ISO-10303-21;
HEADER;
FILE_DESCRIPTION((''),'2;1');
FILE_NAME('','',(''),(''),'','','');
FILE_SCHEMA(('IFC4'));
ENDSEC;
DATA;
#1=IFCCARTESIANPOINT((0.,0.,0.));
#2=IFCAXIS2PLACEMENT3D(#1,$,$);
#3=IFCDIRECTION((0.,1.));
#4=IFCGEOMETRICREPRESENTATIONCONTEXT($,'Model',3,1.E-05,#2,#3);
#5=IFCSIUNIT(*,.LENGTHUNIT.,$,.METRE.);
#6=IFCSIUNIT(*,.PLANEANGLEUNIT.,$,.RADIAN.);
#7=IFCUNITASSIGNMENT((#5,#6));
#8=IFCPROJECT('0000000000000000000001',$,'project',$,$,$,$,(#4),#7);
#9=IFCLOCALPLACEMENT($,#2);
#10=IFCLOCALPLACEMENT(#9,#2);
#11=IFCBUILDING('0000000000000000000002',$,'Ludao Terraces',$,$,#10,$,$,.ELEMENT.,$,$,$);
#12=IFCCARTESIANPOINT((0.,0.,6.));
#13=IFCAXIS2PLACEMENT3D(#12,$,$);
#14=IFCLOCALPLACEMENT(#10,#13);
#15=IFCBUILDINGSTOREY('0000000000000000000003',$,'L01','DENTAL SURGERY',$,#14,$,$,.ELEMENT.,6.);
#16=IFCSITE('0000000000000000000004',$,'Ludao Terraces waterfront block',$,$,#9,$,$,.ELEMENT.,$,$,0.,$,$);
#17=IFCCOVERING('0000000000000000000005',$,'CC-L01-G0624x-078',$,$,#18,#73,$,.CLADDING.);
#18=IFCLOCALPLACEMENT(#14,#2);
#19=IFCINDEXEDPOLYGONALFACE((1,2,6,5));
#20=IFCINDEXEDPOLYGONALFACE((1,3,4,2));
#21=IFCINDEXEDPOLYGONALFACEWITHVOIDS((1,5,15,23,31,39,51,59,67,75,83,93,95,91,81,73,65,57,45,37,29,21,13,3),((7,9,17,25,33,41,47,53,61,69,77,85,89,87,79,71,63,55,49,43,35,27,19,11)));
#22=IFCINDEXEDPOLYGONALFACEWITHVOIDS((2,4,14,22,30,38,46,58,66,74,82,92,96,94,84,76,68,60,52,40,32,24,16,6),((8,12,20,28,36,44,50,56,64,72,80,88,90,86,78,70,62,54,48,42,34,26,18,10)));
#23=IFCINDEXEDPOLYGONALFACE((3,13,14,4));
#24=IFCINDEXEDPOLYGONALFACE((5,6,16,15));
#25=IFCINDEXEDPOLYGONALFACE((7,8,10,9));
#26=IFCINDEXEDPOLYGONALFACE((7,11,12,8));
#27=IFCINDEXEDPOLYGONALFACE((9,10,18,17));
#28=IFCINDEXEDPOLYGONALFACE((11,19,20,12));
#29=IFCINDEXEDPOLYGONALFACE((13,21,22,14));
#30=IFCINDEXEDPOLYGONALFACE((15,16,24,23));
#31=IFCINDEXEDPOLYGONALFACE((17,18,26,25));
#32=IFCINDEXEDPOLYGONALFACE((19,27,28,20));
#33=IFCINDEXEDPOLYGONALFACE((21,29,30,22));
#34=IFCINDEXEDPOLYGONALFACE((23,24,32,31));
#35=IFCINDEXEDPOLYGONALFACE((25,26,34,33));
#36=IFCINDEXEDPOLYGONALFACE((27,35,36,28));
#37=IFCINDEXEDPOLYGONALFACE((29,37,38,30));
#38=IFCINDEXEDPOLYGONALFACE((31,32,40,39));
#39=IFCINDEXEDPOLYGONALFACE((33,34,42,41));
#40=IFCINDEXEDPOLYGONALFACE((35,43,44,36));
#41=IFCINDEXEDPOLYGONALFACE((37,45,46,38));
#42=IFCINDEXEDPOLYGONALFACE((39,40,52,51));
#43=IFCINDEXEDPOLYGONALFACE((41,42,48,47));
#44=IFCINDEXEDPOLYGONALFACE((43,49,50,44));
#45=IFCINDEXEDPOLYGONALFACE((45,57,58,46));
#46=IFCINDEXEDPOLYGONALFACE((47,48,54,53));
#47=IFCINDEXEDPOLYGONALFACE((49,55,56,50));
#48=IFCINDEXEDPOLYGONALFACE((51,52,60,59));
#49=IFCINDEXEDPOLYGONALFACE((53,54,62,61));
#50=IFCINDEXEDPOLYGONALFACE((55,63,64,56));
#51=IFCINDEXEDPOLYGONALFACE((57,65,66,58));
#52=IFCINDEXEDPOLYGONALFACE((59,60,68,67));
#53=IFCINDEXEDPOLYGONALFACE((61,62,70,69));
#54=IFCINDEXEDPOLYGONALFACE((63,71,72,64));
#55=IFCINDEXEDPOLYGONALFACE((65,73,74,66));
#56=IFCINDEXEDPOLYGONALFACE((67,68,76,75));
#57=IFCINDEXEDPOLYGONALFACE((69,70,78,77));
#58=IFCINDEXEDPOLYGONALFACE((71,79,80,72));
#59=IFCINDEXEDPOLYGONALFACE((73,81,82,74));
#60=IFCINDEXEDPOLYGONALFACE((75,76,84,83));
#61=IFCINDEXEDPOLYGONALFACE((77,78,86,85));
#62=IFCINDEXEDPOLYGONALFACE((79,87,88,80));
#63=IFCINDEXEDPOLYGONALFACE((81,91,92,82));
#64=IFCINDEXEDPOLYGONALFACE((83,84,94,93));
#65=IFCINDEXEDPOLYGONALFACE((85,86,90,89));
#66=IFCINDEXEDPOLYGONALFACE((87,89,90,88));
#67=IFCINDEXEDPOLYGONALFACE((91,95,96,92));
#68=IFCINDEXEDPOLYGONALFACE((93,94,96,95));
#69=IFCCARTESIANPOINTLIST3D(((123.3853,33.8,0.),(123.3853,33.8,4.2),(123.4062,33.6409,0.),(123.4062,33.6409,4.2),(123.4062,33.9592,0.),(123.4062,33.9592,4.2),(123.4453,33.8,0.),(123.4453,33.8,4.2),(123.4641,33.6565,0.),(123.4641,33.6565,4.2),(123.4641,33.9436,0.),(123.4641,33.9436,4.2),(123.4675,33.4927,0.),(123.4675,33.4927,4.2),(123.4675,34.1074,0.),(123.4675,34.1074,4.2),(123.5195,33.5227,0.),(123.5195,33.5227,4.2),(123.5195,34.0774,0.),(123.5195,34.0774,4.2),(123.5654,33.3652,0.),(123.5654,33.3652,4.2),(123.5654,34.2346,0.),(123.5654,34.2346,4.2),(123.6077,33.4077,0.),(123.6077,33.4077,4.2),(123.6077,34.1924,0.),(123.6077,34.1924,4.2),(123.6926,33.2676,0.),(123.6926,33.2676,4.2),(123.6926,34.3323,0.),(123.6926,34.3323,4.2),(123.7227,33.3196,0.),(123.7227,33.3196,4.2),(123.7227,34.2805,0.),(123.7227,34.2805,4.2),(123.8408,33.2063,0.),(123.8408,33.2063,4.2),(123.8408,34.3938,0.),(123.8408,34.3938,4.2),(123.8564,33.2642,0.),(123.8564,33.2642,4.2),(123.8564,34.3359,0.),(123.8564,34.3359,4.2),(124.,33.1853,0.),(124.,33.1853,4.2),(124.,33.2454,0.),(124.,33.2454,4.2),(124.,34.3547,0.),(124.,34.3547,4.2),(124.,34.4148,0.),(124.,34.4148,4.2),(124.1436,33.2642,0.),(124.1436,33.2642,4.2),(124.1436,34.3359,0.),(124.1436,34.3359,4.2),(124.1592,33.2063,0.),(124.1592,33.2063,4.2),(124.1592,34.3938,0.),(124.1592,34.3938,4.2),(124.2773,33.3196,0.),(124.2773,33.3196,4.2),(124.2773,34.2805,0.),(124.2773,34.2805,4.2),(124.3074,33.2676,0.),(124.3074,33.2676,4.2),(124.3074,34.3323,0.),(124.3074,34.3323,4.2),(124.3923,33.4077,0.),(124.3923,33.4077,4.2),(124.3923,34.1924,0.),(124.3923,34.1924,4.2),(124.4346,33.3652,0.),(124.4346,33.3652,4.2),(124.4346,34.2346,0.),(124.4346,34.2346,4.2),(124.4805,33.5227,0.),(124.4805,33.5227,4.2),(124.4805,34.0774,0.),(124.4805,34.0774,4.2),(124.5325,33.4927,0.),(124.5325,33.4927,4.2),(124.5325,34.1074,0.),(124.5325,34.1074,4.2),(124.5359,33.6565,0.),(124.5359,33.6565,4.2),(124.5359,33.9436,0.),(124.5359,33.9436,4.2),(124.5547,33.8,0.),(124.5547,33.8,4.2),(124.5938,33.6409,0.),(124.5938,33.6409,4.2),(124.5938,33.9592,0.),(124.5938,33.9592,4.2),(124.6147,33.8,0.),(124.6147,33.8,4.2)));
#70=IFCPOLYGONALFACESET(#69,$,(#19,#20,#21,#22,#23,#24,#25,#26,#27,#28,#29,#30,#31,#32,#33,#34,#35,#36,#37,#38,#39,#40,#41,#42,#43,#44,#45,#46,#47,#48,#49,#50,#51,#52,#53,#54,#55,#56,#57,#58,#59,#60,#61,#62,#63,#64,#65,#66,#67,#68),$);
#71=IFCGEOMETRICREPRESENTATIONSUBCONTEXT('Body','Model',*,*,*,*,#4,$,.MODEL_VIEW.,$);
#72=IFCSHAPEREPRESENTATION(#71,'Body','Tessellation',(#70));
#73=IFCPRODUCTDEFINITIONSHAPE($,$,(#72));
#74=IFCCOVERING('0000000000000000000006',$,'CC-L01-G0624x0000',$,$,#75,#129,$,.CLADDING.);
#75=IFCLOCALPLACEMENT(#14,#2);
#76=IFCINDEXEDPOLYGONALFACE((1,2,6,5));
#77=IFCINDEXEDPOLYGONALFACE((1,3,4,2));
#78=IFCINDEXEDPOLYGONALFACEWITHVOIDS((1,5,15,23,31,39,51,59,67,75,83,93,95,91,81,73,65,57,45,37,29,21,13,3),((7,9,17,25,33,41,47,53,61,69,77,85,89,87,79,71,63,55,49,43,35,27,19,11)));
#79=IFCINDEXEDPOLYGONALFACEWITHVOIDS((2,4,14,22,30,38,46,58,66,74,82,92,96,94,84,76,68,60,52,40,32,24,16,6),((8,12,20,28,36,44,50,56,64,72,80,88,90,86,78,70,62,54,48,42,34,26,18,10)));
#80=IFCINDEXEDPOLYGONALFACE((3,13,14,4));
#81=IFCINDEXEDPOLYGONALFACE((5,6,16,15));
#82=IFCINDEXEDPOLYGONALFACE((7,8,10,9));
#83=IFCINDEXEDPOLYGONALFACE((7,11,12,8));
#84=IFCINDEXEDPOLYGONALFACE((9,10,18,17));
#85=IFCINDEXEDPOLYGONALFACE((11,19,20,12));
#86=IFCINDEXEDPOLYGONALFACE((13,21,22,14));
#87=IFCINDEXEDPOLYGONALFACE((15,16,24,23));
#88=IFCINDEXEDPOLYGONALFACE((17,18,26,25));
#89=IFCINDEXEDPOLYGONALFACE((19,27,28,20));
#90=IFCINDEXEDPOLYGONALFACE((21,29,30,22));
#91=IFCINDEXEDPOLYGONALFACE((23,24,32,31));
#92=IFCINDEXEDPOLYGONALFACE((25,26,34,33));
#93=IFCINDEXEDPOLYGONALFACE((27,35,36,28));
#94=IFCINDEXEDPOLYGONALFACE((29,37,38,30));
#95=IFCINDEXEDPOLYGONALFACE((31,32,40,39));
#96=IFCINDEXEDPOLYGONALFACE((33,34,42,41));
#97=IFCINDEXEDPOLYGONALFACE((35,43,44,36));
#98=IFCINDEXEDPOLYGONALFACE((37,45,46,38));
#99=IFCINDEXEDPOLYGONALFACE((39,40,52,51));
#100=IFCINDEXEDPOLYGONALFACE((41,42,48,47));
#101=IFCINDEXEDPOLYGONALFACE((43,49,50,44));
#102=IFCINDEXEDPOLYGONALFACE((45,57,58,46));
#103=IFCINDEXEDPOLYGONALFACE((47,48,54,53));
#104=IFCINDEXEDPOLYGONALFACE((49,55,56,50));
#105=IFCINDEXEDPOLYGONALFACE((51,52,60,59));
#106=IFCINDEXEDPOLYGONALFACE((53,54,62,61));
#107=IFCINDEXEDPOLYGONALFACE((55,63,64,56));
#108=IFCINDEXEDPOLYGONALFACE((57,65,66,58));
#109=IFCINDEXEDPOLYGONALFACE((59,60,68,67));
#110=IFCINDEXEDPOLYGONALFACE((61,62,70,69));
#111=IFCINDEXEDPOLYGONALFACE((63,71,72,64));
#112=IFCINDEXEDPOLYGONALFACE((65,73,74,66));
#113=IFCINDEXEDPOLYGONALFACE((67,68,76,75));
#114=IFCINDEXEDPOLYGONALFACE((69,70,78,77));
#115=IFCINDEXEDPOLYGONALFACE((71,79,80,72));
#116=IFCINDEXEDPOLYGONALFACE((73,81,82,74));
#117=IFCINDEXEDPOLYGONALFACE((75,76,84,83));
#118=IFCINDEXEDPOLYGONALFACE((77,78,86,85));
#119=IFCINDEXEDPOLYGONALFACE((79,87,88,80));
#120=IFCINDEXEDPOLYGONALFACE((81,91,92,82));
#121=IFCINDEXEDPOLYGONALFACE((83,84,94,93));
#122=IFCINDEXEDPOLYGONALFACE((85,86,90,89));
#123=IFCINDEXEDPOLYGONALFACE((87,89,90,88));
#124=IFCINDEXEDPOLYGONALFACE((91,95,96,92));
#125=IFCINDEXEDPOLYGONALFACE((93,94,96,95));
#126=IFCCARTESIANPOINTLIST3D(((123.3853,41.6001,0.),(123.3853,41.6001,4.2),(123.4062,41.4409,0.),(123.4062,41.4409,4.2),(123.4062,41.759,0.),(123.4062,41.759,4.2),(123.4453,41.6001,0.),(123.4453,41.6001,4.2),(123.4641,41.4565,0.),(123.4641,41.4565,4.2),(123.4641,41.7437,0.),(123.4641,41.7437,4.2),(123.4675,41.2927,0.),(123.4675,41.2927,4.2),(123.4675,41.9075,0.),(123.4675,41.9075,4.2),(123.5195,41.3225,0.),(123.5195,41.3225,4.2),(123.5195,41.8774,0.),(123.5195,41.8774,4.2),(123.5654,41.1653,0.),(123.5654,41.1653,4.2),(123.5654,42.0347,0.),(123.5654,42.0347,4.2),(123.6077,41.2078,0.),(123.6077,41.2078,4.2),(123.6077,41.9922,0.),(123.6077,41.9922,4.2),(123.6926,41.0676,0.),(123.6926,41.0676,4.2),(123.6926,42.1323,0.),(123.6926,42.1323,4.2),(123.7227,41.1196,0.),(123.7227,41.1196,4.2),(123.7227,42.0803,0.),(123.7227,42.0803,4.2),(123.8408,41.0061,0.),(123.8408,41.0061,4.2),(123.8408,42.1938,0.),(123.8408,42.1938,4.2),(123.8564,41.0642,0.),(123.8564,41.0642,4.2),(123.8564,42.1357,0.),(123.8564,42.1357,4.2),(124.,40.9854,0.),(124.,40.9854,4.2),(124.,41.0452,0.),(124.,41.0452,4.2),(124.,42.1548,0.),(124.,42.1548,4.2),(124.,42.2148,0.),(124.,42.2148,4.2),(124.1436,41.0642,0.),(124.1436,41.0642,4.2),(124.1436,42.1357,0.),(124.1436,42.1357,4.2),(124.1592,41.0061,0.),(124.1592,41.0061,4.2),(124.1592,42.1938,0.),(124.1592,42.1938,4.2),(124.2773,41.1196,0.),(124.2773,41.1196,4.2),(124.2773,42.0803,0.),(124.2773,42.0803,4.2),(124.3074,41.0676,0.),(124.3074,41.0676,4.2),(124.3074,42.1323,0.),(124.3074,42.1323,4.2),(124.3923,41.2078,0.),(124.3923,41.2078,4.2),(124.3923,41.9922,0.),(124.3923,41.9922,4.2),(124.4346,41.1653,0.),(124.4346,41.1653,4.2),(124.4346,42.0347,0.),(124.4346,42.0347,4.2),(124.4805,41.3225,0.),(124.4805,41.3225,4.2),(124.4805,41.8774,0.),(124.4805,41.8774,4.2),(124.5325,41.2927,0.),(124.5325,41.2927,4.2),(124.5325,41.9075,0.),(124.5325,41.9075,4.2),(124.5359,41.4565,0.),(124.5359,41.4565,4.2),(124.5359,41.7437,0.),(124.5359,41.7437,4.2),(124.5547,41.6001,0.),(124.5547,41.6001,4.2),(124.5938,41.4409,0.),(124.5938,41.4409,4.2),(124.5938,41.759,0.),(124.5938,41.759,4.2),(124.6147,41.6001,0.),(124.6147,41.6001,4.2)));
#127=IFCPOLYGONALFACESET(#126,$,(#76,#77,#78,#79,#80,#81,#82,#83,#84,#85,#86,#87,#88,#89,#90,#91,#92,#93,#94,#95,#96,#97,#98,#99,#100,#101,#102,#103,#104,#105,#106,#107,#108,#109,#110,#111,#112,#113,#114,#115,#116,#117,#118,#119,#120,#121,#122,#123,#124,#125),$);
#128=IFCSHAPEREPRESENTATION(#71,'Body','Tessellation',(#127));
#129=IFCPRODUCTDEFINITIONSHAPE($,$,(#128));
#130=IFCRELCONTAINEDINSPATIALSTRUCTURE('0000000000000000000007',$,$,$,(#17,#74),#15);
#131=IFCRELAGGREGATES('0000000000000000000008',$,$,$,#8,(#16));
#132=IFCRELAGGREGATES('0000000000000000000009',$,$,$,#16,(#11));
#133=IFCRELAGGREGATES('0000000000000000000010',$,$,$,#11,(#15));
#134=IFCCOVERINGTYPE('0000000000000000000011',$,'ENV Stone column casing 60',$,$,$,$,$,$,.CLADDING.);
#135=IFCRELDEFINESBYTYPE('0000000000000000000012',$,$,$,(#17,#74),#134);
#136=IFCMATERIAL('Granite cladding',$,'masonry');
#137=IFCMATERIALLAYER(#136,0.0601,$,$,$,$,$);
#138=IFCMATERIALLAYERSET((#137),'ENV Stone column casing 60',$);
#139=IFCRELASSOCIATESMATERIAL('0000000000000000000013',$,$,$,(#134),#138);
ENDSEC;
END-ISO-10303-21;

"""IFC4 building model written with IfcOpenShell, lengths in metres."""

from ifc_helpers import new_model, si_unit, direction, frame, origin, place, context, subcontext, project, spatial, polyline, outline, extrude, material, layer, layer_set, type_object, element, save


model = new_model("IFC4")

# Units and contexts
model_context = context("Model", 3, precision=1e-05, world=origin(), true_north=direction((0.0, 1.0)))
body_context = subcontext(model_context, "Body", "Model", "MODEL_VIEW")
ifc_project = project(units=[si_unit("LENGTHUNIT", "METRE"), si_unit("PLANEANGLEUNIT", "RADIAN")], contexts=[model_context])

# Site, building, storey
site_placement = place(None, origin())
site = spatial("IfcSite", under=ifc_project, at=site_placement, Name="Ludao Terraces waterfront block", CompositionType="ELEMENT", RefElevation=0.0)
building_placement = place(site_placement, origin())
building = spatial("IfcBuilding", under=site, at=building_placement, Name="Ludao Terraces", CompositionType="ELEMENT")
storey_placement = place(building_placement, frame((0.0, 0.0, 6.0)))
storey = spatial("IfcBuildingStorey", under=building, at=storey_placement, Name="L01", Description="DENTAL SURGERY", CompositionType="ELEMENT", Elevation=6.0)

# Coverings
ifc_material_1 = material(Name="Granite cladding", Category="masonry")
ifc_layer_1 = layer(ifc_material_1, 0.0601)
ifc_layer_set_1 = layer_set([ifc_layer_1], Name="ENV Stone column casing 60")
covering_type = type_object("IfcCoveringType", Name="ENV Stone column casing 60", PredefinedType="CLADDING", material=ifc_layer_set_1)
covering_1_placement = place(storey_placement, origin())
element("IfcCovering", 1, at=covering_1_placement, inside=storey, type_object=covering_type, Name="CC-L01-G0624x-078", PredefinedType="CLADDING", context=body_context, shape_type="SweptSolid", body=[
    extrude(outline(polyline([(124.6147, 33.8), (124.5938, 33.9592), (124.5325, 34.1074), (124.4346, 34.2346), (124.3074, 34.3323), (124.1592, 34.3938), (124.0, 34.4148), (123.8408, 34.3938), (123.6926, 34.3323), (123.5654, 34.2346), (123.4675, 34.1074), (123.4062, 33.9592), (123.3853, 33.8), (123.4062, 33.6409), (123.4675, 33.4927), (123.5654, 33.3652), (123.6926, 33.2676), (123.8408, 33.2063), (124.0, 33.1853), (124.1592, 33.2063), (124.3074, 33.2676), (124.4346, 33.3652), (124.5325, 33.4927), (124.5938, 33.6409), (124.6147, 33.8)]), holes=[polyline([(124.5359, 33.6565), (124.4805, 33.5227), (124.3923, 33.4077), (124.2773, 33.3196), (124.1436, 33.2642), (124.0, 33.2454), (123.8564, 33.2642), (123.7227, 33.3196), (123.6077, 33.4077), (123.5195, 33.5227), (123.4641, 33.6565), (123.4453, 33.8), (123.4641, 33.9436), (123.5195, 34.0774), (123.6077, 34.1924), (123.7227, 34.2805), (123.8564, 34.3359), (124.0, 34.3547), (124.1436, 34.3359), (124.2773, 34.2805), (124.3923, 34.1924), (124.4805, 34.0774), (124.5359, 33.9436), (124.5547, 33.8), (124.5359, 33.6565)])]), origin(), (0.0, 0.0, 1.0), 4.2),
])
covering_2_placement = place(storey_placement, origin())
element("IfcCovering", 2, at=covering_2_placement, inside=storey, type_object=covering_type, Name="CC-L01-G0624x0000", PredefinedType="CLADDING", context=body_context, shape_type="SweptSolid", body=[
    extrude(outline(polyline([(124.6147, 41.6001), (124.5938, 41.759), (124.5325, 41.9075), (124.4346, 42.0347), (124.3074, 42.1323), (124.1592, 42.1938), (124.0, 42.2148), (123.8408, 42.1938), (123.6926, 42.1323), (123.5654, 42.0347), (123.4675, 41.9075), (123.4062, 41.759), (123.3853, 41.6001), (123.4062, 41.4409), (123.4675, 41.2927), (123.5654, 41.1653), (123.6926, 41.0676), (123.8408, 41.0061), (124.0, 40.9854), (124.1592, 41.0061), (124.3074, 41.0676), (124.4346, 41.1653), (124.5325, 41.2927), (124.5938, 41.4409), (124.6147, 41.6001)]), holes=[polyline([(124.5359, 41.4565), (124.4805, 41.3225), (124.3923, 41.2078), (124.2773, 41.1196), (124.1436, 41.0642), (124.0, 41.0452), (123.8564, 41.0642), (123.7227, 41.1196), (123.6077, 41.2078), (123.5195, 41.3225), (123.4641, 41.4565), (123.4453, 41.6001), (123.4641, 41.7437), (123.5195, 41.8774), (123.6077, 41.9922), (123.7227, 42.0803), (123.8564, 42.1357), (124.0, 42.1548), (124.1436, 42.1357), (124.2773, 42.0803), (124.3923, 41.9922), (124.4805, 41.8774), (124.5359, 41.7437), (124.5547, 41.6001), (124.5359, 41.4565)])]), origin(), (0.0, 0.0, 1.0), 4.2),
])

save(model, "model.ifc")
